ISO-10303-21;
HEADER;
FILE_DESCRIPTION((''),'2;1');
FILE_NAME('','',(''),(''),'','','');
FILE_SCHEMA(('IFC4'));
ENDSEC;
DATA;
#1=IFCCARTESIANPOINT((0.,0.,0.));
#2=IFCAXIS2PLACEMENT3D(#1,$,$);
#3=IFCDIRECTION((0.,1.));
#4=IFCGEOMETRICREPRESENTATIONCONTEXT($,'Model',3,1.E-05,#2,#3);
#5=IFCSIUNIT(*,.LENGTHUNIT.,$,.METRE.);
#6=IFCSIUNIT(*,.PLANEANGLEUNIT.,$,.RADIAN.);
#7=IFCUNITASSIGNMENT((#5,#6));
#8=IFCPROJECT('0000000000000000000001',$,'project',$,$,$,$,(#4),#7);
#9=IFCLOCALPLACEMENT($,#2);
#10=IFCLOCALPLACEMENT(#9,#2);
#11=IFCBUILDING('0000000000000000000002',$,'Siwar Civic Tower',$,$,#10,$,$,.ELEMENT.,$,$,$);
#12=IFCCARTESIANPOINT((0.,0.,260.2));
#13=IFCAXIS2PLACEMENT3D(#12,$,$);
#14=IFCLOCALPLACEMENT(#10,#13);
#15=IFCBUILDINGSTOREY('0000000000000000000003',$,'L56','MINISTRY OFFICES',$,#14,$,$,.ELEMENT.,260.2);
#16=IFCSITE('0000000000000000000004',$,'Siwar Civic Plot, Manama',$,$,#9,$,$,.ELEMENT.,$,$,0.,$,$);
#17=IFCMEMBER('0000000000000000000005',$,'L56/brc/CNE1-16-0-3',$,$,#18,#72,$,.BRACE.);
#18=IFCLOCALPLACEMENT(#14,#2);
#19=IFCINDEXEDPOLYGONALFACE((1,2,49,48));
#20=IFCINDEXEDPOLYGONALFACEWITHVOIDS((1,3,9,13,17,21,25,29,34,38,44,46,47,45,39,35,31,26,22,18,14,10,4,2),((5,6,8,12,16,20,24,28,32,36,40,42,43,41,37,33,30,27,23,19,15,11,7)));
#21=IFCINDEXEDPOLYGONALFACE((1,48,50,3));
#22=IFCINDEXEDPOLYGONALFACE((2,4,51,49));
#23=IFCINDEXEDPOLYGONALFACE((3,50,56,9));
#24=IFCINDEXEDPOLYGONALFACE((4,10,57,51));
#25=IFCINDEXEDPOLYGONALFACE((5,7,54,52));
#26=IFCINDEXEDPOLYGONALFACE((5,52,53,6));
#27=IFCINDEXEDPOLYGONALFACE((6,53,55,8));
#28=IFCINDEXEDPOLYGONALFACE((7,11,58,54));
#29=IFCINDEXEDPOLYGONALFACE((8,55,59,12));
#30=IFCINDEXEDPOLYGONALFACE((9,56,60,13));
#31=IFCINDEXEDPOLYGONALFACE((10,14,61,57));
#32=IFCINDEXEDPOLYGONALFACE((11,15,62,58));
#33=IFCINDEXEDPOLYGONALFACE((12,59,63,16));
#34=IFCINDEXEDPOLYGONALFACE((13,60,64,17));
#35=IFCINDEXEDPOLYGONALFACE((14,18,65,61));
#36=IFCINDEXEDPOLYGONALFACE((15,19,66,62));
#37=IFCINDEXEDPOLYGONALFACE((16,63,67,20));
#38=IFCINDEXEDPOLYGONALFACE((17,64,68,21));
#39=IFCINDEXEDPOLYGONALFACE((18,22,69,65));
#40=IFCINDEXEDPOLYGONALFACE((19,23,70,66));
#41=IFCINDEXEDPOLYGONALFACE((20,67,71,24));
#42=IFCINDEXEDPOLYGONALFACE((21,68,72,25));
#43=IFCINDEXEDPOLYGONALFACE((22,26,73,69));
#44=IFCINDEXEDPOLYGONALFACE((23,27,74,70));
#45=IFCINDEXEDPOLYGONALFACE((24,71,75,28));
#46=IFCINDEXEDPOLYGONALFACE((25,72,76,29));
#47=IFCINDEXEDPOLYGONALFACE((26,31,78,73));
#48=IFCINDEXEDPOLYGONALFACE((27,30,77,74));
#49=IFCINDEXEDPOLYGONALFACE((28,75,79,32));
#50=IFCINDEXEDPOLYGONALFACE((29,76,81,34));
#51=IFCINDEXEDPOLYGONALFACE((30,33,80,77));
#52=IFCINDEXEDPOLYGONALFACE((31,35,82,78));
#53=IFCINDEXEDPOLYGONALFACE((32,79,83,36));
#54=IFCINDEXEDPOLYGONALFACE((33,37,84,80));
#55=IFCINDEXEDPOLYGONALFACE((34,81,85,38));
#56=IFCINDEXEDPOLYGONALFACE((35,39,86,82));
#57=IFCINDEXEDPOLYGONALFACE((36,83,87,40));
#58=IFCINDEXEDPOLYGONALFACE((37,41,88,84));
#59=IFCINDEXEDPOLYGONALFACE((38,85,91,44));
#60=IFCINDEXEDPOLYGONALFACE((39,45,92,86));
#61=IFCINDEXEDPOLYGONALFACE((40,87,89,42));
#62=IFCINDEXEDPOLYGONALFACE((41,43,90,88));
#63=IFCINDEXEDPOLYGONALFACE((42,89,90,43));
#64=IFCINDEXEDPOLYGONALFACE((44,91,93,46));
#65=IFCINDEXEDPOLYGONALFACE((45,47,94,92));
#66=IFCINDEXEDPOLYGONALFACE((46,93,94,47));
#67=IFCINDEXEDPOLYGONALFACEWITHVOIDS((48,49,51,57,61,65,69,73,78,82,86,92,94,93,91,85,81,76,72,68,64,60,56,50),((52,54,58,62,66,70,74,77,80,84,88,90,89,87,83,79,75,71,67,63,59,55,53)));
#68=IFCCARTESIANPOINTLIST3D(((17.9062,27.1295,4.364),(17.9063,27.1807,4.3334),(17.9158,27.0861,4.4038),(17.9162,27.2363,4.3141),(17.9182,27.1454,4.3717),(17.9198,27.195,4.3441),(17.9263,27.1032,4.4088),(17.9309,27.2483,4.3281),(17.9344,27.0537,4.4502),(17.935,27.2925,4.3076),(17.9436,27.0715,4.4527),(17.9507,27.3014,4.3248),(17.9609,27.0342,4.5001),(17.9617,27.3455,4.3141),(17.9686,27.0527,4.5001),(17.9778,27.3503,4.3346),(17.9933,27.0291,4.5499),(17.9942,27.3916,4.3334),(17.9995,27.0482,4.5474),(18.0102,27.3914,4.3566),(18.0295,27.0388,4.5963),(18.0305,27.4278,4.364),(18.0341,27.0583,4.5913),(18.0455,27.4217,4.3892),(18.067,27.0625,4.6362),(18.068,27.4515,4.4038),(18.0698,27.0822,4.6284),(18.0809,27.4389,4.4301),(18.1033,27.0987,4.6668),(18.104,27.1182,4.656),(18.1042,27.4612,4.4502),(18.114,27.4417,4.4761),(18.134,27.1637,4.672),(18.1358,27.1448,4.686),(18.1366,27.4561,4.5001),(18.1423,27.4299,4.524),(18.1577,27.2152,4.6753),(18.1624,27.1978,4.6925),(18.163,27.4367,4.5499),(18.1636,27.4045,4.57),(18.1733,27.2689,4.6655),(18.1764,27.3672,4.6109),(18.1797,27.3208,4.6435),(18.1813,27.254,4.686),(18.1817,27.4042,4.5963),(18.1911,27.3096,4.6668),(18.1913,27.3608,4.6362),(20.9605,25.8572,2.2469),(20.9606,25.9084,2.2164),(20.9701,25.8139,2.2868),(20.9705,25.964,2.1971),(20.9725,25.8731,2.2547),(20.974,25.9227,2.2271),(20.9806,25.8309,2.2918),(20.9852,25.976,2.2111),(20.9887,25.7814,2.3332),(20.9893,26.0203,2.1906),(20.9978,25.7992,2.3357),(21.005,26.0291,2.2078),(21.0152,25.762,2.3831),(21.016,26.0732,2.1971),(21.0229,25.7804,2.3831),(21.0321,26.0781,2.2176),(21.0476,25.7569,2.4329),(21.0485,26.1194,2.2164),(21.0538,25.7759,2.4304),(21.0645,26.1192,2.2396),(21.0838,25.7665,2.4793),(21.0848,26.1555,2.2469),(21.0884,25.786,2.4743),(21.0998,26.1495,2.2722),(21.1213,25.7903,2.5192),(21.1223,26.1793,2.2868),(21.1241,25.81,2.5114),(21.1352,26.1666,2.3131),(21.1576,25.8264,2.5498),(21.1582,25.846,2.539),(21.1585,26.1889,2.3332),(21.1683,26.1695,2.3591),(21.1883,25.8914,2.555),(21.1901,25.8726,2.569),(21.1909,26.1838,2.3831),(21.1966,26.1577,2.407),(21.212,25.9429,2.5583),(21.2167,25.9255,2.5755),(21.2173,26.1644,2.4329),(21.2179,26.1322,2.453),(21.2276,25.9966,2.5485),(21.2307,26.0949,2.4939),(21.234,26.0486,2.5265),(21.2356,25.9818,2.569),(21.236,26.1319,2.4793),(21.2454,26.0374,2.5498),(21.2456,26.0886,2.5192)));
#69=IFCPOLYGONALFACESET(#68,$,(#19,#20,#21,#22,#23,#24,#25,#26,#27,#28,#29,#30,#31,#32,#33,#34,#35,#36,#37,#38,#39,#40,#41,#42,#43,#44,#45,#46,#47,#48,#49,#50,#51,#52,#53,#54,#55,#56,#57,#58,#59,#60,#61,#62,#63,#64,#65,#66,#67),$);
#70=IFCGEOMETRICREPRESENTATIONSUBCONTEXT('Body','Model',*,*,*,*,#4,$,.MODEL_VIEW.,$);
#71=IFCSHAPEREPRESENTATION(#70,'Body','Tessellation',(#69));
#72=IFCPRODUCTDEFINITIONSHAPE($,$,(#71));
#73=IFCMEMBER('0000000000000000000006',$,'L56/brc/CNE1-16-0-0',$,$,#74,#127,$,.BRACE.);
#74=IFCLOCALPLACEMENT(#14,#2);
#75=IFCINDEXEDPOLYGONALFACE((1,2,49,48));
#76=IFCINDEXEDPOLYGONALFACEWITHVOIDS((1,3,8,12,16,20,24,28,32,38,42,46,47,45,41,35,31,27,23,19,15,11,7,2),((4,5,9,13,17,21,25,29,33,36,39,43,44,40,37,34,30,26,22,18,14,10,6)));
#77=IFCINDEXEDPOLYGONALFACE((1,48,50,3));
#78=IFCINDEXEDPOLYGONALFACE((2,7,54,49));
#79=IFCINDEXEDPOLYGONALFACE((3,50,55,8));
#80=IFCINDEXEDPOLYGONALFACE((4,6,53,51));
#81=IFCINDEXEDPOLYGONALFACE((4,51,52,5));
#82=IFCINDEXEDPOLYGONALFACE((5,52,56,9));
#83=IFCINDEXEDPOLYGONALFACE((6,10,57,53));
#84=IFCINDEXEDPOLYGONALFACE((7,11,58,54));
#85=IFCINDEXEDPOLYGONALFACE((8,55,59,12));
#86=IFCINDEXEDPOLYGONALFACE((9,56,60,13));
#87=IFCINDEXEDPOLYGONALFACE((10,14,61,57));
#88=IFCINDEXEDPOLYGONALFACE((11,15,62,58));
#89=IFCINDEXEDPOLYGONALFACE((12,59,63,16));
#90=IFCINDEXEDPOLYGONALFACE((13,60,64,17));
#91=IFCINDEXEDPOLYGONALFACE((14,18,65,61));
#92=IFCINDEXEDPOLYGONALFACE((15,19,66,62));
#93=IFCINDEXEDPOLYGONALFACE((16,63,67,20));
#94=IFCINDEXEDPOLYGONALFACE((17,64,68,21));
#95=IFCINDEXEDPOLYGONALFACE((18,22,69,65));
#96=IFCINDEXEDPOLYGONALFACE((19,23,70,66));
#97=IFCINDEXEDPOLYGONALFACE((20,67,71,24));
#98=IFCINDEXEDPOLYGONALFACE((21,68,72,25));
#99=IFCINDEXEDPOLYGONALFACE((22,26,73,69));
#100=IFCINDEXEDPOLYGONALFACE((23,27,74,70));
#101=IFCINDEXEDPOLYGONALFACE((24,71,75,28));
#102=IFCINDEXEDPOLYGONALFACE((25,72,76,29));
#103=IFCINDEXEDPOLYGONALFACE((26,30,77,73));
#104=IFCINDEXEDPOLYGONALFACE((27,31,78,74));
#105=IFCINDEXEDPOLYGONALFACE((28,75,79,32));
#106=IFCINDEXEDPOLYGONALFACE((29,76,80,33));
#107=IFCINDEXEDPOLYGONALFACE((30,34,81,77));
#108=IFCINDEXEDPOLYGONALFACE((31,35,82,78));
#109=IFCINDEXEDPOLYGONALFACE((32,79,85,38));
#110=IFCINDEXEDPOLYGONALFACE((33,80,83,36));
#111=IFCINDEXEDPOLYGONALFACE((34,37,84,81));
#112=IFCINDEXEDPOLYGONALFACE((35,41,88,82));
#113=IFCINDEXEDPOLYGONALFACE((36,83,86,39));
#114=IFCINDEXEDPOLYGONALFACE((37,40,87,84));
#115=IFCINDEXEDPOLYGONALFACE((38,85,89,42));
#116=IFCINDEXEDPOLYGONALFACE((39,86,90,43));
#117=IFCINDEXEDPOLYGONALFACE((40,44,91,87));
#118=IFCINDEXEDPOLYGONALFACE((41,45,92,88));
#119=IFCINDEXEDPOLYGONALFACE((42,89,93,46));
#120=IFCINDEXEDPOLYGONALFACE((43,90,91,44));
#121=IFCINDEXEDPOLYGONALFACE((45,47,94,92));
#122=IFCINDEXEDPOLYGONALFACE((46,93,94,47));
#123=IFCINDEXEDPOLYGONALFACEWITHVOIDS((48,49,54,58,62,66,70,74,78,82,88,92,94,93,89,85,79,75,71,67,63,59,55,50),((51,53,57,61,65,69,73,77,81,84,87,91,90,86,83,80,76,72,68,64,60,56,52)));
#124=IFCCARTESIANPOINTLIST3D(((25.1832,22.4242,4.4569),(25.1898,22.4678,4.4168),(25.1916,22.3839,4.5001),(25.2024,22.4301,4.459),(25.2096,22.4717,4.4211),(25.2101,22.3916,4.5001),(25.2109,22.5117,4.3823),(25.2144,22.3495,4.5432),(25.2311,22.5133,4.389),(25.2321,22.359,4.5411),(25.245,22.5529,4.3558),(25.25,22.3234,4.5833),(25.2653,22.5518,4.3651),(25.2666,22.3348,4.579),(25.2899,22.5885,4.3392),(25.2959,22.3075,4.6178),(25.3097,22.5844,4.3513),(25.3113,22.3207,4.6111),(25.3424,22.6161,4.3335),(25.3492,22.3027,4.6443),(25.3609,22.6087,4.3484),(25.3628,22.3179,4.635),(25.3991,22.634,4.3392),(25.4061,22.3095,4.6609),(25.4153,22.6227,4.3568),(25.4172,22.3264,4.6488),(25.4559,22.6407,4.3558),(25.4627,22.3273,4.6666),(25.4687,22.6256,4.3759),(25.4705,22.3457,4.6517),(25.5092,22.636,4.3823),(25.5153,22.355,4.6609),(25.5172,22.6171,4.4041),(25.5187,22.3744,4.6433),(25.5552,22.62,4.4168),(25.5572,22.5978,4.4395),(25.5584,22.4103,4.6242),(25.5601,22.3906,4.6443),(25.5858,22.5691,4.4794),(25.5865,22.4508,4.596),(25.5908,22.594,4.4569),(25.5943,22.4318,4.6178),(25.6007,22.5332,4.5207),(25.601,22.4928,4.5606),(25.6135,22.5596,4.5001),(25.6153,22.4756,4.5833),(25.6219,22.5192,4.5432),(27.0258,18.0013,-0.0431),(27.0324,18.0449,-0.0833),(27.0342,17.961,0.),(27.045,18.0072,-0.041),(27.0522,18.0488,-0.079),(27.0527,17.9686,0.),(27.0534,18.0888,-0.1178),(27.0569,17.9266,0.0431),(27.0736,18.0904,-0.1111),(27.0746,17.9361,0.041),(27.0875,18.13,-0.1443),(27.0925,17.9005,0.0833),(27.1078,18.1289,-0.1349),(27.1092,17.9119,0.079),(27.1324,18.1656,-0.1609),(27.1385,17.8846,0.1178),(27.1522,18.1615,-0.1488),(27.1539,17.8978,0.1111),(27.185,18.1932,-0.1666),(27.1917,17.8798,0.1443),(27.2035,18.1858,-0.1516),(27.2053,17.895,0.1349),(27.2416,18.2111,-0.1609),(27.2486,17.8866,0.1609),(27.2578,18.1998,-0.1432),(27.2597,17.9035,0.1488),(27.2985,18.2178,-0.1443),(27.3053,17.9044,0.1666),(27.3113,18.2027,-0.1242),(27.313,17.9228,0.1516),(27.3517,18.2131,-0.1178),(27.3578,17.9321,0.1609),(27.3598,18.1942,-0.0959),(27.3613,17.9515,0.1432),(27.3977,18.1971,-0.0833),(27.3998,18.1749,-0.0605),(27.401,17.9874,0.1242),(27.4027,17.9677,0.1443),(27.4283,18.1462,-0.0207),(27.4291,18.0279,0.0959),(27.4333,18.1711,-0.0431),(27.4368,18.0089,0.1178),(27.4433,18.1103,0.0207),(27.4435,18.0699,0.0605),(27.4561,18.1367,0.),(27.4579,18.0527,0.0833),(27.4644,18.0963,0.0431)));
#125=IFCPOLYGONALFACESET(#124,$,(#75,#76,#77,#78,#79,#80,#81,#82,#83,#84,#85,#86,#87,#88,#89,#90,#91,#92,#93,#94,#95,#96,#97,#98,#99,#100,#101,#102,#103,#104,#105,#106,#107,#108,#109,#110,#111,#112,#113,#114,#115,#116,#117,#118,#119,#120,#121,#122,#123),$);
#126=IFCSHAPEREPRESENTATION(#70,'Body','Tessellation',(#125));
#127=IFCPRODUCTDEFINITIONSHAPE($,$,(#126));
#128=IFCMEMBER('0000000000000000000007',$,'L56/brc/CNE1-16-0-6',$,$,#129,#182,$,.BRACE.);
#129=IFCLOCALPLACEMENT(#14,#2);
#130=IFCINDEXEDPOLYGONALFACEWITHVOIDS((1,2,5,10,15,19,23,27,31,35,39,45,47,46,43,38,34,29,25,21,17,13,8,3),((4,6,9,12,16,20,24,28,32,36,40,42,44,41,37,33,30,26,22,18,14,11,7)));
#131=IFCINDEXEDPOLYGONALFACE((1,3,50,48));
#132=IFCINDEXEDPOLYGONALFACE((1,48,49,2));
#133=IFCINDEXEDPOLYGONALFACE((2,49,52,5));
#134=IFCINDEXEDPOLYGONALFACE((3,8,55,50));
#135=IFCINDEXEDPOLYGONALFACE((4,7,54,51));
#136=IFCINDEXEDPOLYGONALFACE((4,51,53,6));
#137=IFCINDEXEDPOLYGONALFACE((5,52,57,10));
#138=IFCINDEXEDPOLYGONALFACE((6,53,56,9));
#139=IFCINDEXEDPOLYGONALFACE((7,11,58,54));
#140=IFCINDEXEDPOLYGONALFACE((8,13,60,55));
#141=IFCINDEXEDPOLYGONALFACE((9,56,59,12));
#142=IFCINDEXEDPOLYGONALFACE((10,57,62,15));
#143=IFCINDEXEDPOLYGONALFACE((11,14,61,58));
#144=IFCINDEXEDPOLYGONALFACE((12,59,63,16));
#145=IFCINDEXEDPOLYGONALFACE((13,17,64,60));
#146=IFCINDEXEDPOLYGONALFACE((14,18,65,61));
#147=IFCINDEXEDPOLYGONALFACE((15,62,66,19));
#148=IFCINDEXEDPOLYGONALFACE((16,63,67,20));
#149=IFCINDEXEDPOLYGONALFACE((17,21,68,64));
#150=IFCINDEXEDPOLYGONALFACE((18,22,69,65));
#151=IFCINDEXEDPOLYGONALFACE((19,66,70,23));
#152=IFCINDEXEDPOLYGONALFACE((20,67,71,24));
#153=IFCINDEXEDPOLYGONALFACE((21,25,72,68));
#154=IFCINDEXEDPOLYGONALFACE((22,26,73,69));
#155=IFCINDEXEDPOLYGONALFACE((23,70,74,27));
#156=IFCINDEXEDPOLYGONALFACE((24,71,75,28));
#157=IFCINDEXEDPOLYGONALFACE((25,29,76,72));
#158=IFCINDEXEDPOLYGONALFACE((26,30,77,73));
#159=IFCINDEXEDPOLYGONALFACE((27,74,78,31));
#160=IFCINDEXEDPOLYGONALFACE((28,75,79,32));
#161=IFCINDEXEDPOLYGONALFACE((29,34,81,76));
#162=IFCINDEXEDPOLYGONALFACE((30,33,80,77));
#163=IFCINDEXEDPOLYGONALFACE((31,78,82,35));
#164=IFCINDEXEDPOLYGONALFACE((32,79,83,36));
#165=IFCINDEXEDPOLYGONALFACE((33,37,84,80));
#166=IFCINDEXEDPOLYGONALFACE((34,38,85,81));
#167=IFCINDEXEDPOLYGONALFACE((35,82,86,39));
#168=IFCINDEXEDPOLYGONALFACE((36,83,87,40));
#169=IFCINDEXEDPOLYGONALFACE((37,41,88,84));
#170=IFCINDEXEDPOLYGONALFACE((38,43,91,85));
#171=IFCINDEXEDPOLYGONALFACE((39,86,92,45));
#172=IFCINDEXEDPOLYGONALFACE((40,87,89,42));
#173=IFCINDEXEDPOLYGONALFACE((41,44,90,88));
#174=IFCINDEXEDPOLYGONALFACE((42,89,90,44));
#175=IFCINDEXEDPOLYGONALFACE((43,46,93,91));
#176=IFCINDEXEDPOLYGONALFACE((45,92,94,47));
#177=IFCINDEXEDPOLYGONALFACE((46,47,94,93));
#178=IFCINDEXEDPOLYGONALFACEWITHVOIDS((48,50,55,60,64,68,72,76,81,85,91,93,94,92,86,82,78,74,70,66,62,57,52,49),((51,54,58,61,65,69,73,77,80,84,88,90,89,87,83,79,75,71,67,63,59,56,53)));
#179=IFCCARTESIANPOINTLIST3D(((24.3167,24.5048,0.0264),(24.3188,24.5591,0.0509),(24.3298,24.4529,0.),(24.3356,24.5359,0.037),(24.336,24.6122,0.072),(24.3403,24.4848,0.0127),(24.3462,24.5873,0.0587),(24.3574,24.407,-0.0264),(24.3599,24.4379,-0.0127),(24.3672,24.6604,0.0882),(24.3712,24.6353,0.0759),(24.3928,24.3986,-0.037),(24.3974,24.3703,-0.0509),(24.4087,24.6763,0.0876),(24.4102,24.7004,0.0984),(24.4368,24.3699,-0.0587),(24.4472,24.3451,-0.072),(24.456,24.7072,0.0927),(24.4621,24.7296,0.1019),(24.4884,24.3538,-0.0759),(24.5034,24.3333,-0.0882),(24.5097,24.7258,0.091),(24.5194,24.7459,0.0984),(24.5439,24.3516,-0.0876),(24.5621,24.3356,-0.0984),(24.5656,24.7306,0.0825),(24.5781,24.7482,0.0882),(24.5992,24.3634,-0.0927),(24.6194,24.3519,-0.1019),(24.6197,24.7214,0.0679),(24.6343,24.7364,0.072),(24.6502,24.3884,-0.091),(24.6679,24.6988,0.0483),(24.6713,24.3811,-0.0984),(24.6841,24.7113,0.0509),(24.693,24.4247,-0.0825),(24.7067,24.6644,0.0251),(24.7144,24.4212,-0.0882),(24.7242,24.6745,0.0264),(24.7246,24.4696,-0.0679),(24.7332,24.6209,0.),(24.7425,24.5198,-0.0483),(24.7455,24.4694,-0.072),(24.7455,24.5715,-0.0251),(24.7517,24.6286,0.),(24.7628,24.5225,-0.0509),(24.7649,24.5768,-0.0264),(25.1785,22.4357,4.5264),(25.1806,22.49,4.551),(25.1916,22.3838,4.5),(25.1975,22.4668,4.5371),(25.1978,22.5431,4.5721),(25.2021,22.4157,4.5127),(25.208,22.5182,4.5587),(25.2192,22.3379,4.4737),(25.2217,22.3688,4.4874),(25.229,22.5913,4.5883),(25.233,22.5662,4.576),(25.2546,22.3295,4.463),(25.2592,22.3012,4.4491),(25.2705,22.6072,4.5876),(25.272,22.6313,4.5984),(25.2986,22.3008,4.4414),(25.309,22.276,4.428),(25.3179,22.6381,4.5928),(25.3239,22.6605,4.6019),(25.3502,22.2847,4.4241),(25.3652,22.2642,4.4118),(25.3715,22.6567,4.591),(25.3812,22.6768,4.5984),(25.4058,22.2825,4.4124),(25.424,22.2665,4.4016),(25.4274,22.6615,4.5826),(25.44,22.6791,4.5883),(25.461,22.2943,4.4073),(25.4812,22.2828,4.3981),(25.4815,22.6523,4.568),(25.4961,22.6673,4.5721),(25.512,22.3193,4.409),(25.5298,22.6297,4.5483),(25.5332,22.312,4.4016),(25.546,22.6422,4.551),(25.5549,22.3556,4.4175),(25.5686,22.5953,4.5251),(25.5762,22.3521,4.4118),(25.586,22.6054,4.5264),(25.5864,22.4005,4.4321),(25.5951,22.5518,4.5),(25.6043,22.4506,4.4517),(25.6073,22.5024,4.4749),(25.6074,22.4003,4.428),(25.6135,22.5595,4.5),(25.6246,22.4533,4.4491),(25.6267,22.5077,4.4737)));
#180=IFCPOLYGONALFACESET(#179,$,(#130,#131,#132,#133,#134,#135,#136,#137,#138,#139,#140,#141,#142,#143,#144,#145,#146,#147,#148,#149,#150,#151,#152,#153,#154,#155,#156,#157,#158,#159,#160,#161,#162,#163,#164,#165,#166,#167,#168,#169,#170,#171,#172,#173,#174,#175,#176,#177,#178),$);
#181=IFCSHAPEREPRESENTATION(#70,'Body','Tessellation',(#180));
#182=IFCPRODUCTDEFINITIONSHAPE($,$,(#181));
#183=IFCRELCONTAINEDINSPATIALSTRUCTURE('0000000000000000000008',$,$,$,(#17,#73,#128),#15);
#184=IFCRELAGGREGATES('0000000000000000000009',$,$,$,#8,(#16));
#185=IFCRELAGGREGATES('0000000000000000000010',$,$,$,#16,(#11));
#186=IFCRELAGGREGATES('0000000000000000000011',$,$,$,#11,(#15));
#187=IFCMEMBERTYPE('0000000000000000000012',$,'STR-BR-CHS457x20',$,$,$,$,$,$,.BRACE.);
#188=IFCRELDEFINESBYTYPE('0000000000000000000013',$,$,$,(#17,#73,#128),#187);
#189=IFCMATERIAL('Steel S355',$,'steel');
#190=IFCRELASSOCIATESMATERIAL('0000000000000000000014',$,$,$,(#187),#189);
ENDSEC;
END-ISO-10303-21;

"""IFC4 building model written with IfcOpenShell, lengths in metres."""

from ifc_helpers import new_model, si_unit, direction, frame, origin, origin_2d, place, context, subcontext, project, spatial, hollow_circle, extrude, material, material_profile, profile_set, type_object, element, save


model = new_model("IFC4")

# Units and contexts
model_context = context("Model", 3, precision=1e-05, world=origin(), true_north=direction((0.0, 1.0)))
body_context = subcontext(model_context, "Body", "Model", "MODEL_VIEW")
ifc_project = project(units=[si_unit("LENGTHUNIT", "METRE"), si_unit("PLANEANGLEUNIT", "RADIAN")], contexts=[model_context])

# Site, building, storey
site_placement = place(None, origin())
site = spatial("IfcSite", under=ifc_project, at=site_placement, Name="Siwar Civic Plot, Manama", CompositionType="ELEMENT", RefElevation=0.0)
building_placement = place(site_placement, origin())
building = spatial("IfcBuilding", under=site, at=building_placement, Name="Siwar Civic Tower", CompositionType="ELEMENT")
storey_placement = place(building_placement, frame((0.0, 0.0, 260.2)))
storey = spatial("IfcBuildingStorey", under=building, at=storey_placement, Name="L56", Description="MINISTRY OFFICES", CompositionType="ELEMENT", Elevation=260.2)

# Members
ifc_material_1 = material(Name="Steel S355", Category="steel")
ifc_material_profile_1 = material_profile(ifc_material_1, hollow_circle(Radius=0.2285, WallThickness=0.02, at=origin_2d()), Name="CHS457x20")
ifc_profile_set_1 = profile_set([ifc_material_profile_1], Name="Steel S355")
member_type_1 = type_object("IfcMemberType", Name="STR-BR-CHS457x20", PredefinedType="BRACE", material=ifc_profile_set_1)
for number, where, z_axis, x_axis, name in (
    (1, (21.103, 25.9729, 2.3831), (-0.777572, 0.323895, 0.538955), (-0.384521, -0.923116, 0.0), "L56/brc/CNE1-16-0-3"),
):
    element("IfcMember", number, at=place(storey_placement, frame(where, z_axis=z_axis, x_axis=x_axis)), inside=storey, type_object=member_type_1, Name=name, PredefinedType="BRACE", context=body_context, shape_type="SweptSolid", body=[
        extrude(hollow_circle(Radius=0.2285, WallThickness=0.02, at=origin_2d()), origin(), (0.0, 0.0, 1.0), 3.928),
    ])
member_1_placement = place(storey_placement, frame((27.2451, 18.0488, 0.0), z_axis=(-0.280311, 0.672865, 0.684601), x_axis=(-0.923101, -0.384557, 0.0)))
element("IfcMember", 2, at=member_1_placement, inside=storey, type_object=member_type_1, Name="L56/brc/CNE1-16-0-0", PredefinedType="BRACE", context=body_context, shape_type="SweptSolid", body=[
    extrude(hollow_circle(Radius=0.2285, WallThickness=0.02, at=origin_2d()), origin(), (0.0, 0.0, 1.0), 6.5732),
])
member_2_placement = place(storey_placement, frame((24.5408, 24.5408, 0.0), z_axis=(0.171427, -0.41157, 0.895111), x_axis=(0.923125, 0.384499, 0.0)))
element("IfcMember", 3, at=member_2_placement, inside=storey, type_object=member_type_1, Name="L56/brc/CNE1-16-0-6", PredefinedType="BRACE", context=body_context, shape_type="SweptSolid", body=[
    extrude(hollow_circle(Radius=0.2285, WallThickness=0.02, at=origin_2d()), origin(), (0.0, 0.0, 1.0), 5.0273),
])

save(model, "model.ifc")
